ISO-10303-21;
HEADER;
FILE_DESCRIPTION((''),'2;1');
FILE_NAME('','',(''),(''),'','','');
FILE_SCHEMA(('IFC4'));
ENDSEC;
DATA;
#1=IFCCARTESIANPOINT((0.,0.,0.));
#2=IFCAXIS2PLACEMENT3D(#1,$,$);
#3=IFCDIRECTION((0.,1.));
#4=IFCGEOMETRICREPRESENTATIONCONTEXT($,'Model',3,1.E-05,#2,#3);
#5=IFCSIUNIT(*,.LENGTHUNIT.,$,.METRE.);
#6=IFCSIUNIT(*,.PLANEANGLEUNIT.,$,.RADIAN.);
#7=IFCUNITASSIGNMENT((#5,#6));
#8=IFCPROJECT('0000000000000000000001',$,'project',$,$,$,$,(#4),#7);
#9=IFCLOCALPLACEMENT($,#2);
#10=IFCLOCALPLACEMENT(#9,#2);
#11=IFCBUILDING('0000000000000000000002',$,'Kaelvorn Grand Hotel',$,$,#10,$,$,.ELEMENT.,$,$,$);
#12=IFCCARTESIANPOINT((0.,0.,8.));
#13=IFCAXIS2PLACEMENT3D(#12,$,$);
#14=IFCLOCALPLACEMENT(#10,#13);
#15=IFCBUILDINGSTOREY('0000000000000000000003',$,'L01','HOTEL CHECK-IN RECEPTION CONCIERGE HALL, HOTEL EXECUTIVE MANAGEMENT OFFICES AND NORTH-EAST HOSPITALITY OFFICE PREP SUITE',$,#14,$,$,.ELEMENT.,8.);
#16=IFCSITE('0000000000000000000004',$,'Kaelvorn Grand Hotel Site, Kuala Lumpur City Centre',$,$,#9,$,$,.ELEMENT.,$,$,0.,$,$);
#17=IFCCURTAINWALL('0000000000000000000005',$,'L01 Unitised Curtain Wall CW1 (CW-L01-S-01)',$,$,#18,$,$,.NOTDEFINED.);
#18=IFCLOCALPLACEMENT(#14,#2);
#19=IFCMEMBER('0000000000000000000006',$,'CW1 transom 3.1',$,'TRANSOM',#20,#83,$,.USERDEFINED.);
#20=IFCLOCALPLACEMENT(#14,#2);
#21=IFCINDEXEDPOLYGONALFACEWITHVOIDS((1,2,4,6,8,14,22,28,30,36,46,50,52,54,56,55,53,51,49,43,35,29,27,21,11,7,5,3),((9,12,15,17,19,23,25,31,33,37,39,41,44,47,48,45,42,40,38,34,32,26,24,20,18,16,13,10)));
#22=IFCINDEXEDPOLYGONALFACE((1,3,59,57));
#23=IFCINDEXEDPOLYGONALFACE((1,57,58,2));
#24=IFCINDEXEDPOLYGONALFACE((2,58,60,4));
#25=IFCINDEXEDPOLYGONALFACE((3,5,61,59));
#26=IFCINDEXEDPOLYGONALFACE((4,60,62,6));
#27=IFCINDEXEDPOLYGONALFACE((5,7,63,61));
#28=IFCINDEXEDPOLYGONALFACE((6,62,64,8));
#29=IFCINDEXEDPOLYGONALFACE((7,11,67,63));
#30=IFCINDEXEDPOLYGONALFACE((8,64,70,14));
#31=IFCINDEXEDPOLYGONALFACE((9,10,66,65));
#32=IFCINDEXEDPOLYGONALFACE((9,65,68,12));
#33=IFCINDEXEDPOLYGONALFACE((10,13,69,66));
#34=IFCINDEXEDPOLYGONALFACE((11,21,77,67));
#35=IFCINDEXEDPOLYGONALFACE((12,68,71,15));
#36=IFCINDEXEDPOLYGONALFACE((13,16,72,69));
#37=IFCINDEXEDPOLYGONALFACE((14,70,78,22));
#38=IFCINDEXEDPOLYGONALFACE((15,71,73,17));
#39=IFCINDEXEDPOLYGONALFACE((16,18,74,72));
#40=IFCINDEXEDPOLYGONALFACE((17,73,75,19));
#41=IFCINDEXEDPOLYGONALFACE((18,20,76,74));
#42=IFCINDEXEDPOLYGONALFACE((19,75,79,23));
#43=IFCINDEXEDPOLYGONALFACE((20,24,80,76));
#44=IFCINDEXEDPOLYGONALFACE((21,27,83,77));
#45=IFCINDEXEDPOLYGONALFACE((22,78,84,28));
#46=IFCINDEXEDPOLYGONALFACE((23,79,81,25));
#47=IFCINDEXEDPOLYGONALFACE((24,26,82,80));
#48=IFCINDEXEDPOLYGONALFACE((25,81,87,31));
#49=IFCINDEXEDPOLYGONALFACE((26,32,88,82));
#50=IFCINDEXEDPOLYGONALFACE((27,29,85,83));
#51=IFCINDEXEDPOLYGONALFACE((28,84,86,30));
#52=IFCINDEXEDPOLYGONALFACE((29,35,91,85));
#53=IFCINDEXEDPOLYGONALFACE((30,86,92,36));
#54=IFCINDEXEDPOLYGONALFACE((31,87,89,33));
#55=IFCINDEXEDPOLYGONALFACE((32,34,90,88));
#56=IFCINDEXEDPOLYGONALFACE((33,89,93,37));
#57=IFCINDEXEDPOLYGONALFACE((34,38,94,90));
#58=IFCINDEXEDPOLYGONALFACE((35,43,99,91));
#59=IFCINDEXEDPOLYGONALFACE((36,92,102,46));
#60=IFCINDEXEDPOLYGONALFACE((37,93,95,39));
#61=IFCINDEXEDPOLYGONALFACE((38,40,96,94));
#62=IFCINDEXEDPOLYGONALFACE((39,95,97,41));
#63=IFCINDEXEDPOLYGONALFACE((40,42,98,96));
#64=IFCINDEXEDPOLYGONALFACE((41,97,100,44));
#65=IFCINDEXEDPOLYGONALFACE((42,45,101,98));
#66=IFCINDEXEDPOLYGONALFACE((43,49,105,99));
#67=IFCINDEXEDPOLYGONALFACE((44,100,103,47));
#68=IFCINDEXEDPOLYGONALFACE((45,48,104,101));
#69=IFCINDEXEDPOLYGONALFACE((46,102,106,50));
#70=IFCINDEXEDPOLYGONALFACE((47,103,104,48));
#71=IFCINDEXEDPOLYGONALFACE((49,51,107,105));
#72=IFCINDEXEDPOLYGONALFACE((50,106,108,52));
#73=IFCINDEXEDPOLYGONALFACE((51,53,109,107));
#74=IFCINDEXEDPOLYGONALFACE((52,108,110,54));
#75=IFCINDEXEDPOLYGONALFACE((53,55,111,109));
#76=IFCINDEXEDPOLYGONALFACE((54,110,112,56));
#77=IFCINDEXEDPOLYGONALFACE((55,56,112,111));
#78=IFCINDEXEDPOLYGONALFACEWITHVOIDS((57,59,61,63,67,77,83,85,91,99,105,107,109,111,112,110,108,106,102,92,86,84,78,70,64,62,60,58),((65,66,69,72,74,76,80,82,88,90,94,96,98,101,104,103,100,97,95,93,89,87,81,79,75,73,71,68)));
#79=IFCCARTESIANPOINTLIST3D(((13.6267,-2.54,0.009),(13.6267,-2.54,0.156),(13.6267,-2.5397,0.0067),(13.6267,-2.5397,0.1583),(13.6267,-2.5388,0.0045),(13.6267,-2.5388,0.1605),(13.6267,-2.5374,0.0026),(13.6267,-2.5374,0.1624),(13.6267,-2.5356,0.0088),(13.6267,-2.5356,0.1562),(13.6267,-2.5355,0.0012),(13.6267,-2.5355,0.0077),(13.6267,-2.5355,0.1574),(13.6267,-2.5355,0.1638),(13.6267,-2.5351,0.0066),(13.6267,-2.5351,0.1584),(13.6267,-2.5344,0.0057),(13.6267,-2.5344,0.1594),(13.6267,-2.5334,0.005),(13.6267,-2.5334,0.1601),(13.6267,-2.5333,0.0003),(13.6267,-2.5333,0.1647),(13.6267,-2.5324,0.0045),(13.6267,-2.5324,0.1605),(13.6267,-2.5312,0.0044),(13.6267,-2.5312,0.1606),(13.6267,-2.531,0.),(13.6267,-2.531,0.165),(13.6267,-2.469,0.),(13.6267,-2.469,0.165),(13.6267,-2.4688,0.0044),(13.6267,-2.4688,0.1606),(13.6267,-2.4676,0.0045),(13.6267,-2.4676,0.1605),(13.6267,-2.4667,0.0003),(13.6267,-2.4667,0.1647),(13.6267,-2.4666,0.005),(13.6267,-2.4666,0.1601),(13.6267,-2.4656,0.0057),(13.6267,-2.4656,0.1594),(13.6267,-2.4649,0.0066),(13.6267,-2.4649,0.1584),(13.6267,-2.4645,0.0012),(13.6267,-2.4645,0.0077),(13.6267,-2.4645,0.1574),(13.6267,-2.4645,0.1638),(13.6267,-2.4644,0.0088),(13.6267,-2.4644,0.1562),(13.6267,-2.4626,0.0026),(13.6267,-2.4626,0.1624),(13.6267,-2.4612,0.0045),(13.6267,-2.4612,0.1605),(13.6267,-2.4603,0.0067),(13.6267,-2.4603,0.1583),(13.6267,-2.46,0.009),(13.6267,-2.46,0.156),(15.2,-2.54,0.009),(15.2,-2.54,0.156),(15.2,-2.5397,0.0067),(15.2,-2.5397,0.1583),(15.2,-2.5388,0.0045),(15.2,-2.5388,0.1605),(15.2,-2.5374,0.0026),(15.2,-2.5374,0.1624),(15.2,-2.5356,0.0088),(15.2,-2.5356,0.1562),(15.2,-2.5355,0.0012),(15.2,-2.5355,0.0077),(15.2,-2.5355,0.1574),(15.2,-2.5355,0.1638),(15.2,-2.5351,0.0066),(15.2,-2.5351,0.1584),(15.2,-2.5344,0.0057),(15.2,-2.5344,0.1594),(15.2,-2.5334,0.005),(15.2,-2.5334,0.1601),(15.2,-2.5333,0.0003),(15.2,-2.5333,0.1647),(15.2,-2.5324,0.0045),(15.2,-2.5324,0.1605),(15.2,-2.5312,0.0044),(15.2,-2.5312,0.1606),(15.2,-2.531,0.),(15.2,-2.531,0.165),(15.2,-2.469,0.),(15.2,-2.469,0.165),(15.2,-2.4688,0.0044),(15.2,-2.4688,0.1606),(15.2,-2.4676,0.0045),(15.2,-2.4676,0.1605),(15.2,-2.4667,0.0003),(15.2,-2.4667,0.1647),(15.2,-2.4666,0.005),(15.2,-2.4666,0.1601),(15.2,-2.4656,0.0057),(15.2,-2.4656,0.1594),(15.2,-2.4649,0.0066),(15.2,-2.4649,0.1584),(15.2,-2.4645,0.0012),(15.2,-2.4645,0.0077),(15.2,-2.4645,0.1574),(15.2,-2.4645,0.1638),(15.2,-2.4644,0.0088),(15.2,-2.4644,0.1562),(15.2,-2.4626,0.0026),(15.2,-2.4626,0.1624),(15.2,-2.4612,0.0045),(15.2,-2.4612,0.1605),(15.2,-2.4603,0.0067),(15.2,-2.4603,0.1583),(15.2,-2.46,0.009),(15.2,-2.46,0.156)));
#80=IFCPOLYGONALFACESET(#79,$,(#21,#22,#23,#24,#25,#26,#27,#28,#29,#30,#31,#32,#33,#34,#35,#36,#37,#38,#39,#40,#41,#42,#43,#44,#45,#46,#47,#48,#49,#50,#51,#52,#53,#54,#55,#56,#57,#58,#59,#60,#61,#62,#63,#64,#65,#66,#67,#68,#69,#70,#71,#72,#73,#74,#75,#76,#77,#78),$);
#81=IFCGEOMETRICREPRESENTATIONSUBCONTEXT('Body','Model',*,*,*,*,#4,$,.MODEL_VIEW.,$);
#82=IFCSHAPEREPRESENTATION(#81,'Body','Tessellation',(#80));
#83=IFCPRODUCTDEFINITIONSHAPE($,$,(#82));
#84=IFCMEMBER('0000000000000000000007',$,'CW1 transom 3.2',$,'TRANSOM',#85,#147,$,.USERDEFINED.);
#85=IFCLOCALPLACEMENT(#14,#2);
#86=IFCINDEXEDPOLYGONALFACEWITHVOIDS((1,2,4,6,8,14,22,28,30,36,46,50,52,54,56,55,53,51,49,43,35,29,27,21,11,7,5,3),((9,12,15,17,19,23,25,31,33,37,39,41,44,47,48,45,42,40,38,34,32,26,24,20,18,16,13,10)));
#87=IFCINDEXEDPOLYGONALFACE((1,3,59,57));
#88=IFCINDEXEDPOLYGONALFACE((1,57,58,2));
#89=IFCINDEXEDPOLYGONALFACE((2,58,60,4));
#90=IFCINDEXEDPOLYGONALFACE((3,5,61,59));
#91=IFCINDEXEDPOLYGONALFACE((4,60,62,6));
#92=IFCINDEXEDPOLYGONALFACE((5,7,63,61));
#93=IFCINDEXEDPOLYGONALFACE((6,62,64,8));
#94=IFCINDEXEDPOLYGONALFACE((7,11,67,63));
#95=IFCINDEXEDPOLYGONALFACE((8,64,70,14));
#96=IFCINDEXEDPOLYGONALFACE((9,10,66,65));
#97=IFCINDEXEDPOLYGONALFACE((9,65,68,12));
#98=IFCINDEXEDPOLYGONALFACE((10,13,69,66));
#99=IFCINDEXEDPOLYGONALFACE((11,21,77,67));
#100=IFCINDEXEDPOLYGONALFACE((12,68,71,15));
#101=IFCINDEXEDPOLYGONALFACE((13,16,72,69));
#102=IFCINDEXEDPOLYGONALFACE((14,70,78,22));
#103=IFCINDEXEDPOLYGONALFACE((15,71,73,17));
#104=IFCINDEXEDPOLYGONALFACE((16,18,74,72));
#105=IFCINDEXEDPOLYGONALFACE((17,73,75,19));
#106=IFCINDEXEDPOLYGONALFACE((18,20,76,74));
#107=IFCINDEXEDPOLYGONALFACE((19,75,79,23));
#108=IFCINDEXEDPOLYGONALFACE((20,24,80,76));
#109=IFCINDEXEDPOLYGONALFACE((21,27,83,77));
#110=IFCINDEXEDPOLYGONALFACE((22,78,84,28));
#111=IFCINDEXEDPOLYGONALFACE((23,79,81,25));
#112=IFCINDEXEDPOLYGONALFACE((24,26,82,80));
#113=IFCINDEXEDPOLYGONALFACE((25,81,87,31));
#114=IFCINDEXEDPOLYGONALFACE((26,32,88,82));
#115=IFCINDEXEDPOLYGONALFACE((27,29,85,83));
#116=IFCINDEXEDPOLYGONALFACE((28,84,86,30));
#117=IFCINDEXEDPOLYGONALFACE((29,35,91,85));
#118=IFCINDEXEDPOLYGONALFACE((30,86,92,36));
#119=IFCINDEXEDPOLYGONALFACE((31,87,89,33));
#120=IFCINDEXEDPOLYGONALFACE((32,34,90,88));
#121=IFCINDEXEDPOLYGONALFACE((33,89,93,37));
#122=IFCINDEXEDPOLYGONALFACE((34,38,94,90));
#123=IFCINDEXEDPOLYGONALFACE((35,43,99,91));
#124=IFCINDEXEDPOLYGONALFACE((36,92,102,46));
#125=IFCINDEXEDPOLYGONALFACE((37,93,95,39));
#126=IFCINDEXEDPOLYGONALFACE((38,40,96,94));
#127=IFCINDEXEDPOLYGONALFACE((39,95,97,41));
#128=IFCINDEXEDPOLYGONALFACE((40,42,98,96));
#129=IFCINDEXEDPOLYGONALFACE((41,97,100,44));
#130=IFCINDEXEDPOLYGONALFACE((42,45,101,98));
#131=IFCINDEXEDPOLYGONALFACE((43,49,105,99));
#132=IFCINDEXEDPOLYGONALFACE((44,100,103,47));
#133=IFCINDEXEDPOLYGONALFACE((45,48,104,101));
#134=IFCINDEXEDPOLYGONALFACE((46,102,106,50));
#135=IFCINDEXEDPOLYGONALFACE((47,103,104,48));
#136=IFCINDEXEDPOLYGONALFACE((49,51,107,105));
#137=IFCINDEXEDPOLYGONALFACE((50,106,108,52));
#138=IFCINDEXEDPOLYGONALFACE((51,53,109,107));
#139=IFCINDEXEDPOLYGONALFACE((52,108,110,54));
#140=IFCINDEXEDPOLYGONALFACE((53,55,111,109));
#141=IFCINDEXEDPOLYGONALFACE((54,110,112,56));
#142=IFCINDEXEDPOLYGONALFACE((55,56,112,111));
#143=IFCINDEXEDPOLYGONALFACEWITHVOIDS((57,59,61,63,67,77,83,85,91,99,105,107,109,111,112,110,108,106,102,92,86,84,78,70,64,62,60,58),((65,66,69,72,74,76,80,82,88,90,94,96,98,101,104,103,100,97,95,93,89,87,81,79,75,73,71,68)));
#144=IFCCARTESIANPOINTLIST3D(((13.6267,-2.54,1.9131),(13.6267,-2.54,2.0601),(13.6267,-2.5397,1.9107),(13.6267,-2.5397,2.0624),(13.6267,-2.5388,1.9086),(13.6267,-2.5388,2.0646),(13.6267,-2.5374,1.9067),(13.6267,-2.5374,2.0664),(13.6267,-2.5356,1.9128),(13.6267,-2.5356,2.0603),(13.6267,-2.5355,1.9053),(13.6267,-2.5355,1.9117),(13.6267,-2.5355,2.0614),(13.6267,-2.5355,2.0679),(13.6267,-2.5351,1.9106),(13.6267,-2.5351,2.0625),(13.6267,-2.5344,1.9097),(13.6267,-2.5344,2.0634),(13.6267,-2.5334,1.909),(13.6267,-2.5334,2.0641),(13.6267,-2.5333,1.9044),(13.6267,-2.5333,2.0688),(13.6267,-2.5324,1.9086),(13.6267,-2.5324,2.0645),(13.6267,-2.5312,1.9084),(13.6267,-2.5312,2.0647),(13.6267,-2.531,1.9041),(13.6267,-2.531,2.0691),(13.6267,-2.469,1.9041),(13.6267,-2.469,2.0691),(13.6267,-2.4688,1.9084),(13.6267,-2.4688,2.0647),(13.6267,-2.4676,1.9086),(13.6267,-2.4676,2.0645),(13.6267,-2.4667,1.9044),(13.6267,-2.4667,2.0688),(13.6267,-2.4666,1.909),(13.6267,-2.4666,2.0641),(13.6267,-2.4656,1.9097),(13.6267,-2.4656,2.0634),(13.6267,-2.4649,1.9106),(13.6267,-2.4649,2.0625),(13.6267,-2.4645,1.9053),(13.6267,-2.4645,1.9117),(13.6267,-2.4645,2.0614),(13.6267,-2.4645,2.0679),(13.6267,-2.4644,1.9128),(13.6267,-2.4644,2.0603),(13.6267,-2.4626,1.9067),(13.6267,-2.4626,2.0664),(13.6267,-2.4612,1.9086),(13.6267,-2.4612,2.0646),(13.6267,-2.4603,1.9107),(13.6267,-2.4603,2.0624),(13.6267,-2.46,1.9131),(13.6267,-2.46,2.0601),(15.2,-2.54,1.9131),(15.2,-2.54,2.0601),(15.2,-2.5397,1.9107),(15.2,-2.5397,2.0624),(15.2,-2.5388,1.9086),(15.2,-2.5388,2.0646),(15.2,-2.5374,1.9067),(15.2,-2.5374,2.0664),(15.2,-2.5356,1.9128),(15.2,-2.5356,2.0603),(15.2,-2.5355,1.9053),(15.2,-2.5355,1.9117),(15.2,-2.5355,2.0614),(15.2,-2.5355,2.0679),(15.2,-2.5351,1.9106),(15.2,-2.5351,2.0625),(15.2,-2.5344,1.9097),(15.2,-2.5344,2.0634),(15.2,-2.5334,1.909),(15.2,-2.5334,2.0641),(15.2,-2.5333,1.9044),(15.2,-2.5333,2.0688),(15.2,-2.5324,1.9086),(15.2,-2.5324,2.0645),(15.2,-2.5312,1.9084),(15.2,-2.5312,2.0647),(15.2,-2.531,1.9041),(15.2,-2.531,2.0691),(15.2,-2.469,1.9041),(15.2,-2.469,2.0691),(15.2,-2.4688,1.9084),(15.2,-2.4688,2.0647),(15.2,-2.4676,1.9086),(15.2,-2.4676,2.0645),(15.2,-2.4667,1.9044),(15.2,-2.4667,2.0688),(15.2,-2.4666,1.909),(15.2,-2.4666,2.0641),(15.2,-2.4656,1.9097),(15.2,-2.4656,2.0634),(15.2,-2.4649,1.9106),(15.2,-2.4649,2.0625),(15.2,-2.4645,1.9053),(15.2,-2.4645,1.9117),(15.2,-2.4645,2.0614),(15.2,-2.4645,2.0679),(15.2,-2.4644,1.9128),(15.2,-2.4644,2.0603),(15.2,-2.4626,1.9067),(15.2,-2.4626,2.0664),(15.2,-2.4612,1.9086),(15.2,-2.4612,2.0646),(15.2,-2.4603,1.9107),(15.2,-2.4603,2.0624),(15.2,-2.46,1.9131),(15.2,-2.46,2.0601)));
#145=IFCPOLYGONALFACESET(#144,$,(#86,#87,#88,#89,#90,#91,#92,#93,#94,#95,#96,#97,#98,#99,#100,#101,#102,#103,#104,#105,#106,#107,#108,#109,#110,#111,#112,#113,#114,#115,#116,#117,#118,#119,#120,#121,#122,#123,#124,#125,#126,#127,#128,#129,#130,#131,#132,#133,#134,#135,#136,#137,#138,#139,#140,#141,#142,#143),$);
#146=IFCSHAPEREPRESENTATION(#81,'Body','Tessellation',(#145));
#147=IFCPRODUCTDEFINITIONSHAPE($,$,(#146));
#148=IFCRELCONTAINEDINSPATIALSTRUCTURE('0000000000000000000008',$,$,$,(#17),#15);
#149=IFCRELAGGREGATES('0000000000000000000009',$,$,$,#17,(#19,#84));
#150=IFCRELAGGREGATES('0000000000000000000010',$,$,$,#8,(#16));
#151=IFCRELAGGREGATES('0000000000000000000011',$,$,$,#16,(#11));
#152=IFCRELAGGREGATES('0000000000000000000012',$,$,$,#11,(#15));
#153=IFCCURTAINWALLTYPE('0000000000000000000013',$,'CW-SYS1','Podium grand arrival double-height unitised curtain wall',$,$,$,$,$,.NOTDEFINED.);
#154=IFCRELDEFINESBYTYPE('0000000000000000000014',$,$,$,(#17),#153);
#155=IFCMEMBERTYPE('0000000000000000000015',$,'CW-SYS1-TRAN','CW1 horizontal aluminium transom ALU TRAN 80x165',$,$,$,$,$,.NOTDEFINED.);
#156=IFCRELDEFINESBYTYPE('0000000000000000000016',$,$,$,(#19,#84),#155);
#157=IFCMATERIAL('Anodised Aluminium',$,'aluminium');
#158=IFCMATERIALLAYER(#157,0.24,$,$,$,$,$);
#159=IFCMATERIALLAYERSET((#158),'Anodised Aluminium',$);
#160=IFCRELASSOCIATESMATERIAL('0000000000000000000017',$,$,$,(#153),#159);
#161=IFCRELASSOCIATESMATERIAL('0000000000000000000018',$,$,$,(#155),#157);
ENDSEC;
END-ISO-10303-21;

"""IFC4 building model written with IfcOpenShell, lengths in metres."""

from ifc_helpers import new_model, si_unit, direction, frame, origin, origin_2d, place, context, subcontext, project, spatial, hollow_rectangle, extrude, material, layer, layer_set, material_profile, profile_set, type_object, element, aggregate, save


model = new_model("IFC4")

# Units and contexts
model_context = context("Model", 3, precision=1e-05, world=origin(), true_north=direction((0.0, 1.0)))
body_context = subcontext(model_context, "Body", "Model", "MODEL_VIEW")
ifc_project = project(units=[si_unit("LENGTHUNIT", "METRE"), si_unit("PLANEANGLEUNIT", "RADIAN")], contexts=[model_context])

# Site, building, storey
site_placement = place(None, origin())
site = spatial("IfcSite", under=ifc_project, at=site_placement, Name="Kaelvorn Grand Hotel Site, Kuala Lumpur City Centre", CompositionType="ELEMENT", RefElevation=0.0)
building_placement = place(site_placement, origin())
building = spatial("IfcBuilding", under=site, at=building_placement, Name="Kaelvorn Grand Hotel", CompositionType="ELEMENT")
storey_placement = place(building_placement, frame((0.0, 0.0, 8.0)))
storey = spatial("IfcBuildingStorey", under=building, at=storey_placement, Name="L01", Description="HOTEL CHECK-IN RECEPTION CONCIERGE HALL, HOTEL EXECUTIVE MANAGEMENT OFFICES AND NORTH-EAST HOSPITALITY OFFICE PREP SUITE", CompositionType="ELEMENT", Elevation=8.0)

# Curtain wall
ifc_material_1 = material(Name="Anodised Aluminium", Category="aluminium")
ifc_layer_1 = layer(ifc_material_1, 0.24)
ifc_layer_set_1 = layer_set([ifc_layer_1], Name="Anodised Aluminium")
curtain_wall_type = type_object("IfcCurtainWallType", Name="CW-SYS1", Description="Podium grand arrival double-height unitised curtain wall", PredefinedType="NOTDEFINED", material=ifc_layer_set_1)
curtain_wall_1_placement = place(storey_placement, origin())
curtain_wall_1 = element("IfcCurtainWall", 1, at=curtain_wall_1_placement, inside=storey, type_object=curtain_wall_type, Name="L01 Unitised Curtain Wall CW1 (CW-L01-S-01)", PredefinedType="NOTDEFINED")

# Members
ifc_material_profile_1 = material_profile(ifc_material_1, hollow_rectangle(XDim=0.0801, YDim=0.165, WallThickness=0.0044, InnerFilletRadius=0.0044, OuterFilletRadius=0.009, at=origin_2d()), Name="ALU TRAN 80x165")
ifc_profile_set_1 = profile_set([ifc_material_profile_1], Name="Anodised Aluminium")
member_type_1 = type_object("IfcMemberType", Name="CW-SYS1-TRAN", Description="CW1 horizontal aluminium transom ALU TRAN 80x165", PredefinedType="NOTDEFINED", material=ifc_profile_set_1)
member_1_placement = place(storey_placement, frame((13.6267, -2.5, 0.0825), z_axis=(1.0, 0.0, 0.0), x_axis=(0.0, 1.0, 0.0)))
member_1 = element("IfcMember", 2, at=member_1_placement, type_object=member_type_1, Name="CW1 transom 3.1", ObjectType="TRANSOM", PredefinedType="USERDEFINED", context=body_context, shape_type="SweptSolid", body=[
    extrude(hollow_rectangle(XDim=0.0801, YDim=0.165, WallThickness=0.0044, InnerFilletRadius=0.0044, OuterFilletRadius=0.009, at=origin_2d()), origin(), (0.0, 0.0, 1.0), 1.5732),
])
member_2_placement = place(storey_placement, frame((13.6267, -2.5, 1.9866), z_axis=(1.0, 0.0, 0.0), x_axis=(0.0, 1.0, 0.0)))
member_2 = element("IfcMember", 3, at=member_2_placement, type_object=member_type_1, Name="CW1 transom 3.2", ObjectType="TRANSOM", PredefinedType="USERDEFINED", context=body_context, shape_type="SweptSolid", body=[
    extrude(hollow_rectangle(XDim=0.0801, YDim=0.165, WallThickness=0.0044, InnerFilletRadius=0.0044, OuterFilletRadius=0.009, at=origin_2d()), origin(), (0.0, 0.0, 1.0), 1.5732),
])

aggregate(curtain_wall_1, [member_1, member_2])

save(model, "model.ifc")
